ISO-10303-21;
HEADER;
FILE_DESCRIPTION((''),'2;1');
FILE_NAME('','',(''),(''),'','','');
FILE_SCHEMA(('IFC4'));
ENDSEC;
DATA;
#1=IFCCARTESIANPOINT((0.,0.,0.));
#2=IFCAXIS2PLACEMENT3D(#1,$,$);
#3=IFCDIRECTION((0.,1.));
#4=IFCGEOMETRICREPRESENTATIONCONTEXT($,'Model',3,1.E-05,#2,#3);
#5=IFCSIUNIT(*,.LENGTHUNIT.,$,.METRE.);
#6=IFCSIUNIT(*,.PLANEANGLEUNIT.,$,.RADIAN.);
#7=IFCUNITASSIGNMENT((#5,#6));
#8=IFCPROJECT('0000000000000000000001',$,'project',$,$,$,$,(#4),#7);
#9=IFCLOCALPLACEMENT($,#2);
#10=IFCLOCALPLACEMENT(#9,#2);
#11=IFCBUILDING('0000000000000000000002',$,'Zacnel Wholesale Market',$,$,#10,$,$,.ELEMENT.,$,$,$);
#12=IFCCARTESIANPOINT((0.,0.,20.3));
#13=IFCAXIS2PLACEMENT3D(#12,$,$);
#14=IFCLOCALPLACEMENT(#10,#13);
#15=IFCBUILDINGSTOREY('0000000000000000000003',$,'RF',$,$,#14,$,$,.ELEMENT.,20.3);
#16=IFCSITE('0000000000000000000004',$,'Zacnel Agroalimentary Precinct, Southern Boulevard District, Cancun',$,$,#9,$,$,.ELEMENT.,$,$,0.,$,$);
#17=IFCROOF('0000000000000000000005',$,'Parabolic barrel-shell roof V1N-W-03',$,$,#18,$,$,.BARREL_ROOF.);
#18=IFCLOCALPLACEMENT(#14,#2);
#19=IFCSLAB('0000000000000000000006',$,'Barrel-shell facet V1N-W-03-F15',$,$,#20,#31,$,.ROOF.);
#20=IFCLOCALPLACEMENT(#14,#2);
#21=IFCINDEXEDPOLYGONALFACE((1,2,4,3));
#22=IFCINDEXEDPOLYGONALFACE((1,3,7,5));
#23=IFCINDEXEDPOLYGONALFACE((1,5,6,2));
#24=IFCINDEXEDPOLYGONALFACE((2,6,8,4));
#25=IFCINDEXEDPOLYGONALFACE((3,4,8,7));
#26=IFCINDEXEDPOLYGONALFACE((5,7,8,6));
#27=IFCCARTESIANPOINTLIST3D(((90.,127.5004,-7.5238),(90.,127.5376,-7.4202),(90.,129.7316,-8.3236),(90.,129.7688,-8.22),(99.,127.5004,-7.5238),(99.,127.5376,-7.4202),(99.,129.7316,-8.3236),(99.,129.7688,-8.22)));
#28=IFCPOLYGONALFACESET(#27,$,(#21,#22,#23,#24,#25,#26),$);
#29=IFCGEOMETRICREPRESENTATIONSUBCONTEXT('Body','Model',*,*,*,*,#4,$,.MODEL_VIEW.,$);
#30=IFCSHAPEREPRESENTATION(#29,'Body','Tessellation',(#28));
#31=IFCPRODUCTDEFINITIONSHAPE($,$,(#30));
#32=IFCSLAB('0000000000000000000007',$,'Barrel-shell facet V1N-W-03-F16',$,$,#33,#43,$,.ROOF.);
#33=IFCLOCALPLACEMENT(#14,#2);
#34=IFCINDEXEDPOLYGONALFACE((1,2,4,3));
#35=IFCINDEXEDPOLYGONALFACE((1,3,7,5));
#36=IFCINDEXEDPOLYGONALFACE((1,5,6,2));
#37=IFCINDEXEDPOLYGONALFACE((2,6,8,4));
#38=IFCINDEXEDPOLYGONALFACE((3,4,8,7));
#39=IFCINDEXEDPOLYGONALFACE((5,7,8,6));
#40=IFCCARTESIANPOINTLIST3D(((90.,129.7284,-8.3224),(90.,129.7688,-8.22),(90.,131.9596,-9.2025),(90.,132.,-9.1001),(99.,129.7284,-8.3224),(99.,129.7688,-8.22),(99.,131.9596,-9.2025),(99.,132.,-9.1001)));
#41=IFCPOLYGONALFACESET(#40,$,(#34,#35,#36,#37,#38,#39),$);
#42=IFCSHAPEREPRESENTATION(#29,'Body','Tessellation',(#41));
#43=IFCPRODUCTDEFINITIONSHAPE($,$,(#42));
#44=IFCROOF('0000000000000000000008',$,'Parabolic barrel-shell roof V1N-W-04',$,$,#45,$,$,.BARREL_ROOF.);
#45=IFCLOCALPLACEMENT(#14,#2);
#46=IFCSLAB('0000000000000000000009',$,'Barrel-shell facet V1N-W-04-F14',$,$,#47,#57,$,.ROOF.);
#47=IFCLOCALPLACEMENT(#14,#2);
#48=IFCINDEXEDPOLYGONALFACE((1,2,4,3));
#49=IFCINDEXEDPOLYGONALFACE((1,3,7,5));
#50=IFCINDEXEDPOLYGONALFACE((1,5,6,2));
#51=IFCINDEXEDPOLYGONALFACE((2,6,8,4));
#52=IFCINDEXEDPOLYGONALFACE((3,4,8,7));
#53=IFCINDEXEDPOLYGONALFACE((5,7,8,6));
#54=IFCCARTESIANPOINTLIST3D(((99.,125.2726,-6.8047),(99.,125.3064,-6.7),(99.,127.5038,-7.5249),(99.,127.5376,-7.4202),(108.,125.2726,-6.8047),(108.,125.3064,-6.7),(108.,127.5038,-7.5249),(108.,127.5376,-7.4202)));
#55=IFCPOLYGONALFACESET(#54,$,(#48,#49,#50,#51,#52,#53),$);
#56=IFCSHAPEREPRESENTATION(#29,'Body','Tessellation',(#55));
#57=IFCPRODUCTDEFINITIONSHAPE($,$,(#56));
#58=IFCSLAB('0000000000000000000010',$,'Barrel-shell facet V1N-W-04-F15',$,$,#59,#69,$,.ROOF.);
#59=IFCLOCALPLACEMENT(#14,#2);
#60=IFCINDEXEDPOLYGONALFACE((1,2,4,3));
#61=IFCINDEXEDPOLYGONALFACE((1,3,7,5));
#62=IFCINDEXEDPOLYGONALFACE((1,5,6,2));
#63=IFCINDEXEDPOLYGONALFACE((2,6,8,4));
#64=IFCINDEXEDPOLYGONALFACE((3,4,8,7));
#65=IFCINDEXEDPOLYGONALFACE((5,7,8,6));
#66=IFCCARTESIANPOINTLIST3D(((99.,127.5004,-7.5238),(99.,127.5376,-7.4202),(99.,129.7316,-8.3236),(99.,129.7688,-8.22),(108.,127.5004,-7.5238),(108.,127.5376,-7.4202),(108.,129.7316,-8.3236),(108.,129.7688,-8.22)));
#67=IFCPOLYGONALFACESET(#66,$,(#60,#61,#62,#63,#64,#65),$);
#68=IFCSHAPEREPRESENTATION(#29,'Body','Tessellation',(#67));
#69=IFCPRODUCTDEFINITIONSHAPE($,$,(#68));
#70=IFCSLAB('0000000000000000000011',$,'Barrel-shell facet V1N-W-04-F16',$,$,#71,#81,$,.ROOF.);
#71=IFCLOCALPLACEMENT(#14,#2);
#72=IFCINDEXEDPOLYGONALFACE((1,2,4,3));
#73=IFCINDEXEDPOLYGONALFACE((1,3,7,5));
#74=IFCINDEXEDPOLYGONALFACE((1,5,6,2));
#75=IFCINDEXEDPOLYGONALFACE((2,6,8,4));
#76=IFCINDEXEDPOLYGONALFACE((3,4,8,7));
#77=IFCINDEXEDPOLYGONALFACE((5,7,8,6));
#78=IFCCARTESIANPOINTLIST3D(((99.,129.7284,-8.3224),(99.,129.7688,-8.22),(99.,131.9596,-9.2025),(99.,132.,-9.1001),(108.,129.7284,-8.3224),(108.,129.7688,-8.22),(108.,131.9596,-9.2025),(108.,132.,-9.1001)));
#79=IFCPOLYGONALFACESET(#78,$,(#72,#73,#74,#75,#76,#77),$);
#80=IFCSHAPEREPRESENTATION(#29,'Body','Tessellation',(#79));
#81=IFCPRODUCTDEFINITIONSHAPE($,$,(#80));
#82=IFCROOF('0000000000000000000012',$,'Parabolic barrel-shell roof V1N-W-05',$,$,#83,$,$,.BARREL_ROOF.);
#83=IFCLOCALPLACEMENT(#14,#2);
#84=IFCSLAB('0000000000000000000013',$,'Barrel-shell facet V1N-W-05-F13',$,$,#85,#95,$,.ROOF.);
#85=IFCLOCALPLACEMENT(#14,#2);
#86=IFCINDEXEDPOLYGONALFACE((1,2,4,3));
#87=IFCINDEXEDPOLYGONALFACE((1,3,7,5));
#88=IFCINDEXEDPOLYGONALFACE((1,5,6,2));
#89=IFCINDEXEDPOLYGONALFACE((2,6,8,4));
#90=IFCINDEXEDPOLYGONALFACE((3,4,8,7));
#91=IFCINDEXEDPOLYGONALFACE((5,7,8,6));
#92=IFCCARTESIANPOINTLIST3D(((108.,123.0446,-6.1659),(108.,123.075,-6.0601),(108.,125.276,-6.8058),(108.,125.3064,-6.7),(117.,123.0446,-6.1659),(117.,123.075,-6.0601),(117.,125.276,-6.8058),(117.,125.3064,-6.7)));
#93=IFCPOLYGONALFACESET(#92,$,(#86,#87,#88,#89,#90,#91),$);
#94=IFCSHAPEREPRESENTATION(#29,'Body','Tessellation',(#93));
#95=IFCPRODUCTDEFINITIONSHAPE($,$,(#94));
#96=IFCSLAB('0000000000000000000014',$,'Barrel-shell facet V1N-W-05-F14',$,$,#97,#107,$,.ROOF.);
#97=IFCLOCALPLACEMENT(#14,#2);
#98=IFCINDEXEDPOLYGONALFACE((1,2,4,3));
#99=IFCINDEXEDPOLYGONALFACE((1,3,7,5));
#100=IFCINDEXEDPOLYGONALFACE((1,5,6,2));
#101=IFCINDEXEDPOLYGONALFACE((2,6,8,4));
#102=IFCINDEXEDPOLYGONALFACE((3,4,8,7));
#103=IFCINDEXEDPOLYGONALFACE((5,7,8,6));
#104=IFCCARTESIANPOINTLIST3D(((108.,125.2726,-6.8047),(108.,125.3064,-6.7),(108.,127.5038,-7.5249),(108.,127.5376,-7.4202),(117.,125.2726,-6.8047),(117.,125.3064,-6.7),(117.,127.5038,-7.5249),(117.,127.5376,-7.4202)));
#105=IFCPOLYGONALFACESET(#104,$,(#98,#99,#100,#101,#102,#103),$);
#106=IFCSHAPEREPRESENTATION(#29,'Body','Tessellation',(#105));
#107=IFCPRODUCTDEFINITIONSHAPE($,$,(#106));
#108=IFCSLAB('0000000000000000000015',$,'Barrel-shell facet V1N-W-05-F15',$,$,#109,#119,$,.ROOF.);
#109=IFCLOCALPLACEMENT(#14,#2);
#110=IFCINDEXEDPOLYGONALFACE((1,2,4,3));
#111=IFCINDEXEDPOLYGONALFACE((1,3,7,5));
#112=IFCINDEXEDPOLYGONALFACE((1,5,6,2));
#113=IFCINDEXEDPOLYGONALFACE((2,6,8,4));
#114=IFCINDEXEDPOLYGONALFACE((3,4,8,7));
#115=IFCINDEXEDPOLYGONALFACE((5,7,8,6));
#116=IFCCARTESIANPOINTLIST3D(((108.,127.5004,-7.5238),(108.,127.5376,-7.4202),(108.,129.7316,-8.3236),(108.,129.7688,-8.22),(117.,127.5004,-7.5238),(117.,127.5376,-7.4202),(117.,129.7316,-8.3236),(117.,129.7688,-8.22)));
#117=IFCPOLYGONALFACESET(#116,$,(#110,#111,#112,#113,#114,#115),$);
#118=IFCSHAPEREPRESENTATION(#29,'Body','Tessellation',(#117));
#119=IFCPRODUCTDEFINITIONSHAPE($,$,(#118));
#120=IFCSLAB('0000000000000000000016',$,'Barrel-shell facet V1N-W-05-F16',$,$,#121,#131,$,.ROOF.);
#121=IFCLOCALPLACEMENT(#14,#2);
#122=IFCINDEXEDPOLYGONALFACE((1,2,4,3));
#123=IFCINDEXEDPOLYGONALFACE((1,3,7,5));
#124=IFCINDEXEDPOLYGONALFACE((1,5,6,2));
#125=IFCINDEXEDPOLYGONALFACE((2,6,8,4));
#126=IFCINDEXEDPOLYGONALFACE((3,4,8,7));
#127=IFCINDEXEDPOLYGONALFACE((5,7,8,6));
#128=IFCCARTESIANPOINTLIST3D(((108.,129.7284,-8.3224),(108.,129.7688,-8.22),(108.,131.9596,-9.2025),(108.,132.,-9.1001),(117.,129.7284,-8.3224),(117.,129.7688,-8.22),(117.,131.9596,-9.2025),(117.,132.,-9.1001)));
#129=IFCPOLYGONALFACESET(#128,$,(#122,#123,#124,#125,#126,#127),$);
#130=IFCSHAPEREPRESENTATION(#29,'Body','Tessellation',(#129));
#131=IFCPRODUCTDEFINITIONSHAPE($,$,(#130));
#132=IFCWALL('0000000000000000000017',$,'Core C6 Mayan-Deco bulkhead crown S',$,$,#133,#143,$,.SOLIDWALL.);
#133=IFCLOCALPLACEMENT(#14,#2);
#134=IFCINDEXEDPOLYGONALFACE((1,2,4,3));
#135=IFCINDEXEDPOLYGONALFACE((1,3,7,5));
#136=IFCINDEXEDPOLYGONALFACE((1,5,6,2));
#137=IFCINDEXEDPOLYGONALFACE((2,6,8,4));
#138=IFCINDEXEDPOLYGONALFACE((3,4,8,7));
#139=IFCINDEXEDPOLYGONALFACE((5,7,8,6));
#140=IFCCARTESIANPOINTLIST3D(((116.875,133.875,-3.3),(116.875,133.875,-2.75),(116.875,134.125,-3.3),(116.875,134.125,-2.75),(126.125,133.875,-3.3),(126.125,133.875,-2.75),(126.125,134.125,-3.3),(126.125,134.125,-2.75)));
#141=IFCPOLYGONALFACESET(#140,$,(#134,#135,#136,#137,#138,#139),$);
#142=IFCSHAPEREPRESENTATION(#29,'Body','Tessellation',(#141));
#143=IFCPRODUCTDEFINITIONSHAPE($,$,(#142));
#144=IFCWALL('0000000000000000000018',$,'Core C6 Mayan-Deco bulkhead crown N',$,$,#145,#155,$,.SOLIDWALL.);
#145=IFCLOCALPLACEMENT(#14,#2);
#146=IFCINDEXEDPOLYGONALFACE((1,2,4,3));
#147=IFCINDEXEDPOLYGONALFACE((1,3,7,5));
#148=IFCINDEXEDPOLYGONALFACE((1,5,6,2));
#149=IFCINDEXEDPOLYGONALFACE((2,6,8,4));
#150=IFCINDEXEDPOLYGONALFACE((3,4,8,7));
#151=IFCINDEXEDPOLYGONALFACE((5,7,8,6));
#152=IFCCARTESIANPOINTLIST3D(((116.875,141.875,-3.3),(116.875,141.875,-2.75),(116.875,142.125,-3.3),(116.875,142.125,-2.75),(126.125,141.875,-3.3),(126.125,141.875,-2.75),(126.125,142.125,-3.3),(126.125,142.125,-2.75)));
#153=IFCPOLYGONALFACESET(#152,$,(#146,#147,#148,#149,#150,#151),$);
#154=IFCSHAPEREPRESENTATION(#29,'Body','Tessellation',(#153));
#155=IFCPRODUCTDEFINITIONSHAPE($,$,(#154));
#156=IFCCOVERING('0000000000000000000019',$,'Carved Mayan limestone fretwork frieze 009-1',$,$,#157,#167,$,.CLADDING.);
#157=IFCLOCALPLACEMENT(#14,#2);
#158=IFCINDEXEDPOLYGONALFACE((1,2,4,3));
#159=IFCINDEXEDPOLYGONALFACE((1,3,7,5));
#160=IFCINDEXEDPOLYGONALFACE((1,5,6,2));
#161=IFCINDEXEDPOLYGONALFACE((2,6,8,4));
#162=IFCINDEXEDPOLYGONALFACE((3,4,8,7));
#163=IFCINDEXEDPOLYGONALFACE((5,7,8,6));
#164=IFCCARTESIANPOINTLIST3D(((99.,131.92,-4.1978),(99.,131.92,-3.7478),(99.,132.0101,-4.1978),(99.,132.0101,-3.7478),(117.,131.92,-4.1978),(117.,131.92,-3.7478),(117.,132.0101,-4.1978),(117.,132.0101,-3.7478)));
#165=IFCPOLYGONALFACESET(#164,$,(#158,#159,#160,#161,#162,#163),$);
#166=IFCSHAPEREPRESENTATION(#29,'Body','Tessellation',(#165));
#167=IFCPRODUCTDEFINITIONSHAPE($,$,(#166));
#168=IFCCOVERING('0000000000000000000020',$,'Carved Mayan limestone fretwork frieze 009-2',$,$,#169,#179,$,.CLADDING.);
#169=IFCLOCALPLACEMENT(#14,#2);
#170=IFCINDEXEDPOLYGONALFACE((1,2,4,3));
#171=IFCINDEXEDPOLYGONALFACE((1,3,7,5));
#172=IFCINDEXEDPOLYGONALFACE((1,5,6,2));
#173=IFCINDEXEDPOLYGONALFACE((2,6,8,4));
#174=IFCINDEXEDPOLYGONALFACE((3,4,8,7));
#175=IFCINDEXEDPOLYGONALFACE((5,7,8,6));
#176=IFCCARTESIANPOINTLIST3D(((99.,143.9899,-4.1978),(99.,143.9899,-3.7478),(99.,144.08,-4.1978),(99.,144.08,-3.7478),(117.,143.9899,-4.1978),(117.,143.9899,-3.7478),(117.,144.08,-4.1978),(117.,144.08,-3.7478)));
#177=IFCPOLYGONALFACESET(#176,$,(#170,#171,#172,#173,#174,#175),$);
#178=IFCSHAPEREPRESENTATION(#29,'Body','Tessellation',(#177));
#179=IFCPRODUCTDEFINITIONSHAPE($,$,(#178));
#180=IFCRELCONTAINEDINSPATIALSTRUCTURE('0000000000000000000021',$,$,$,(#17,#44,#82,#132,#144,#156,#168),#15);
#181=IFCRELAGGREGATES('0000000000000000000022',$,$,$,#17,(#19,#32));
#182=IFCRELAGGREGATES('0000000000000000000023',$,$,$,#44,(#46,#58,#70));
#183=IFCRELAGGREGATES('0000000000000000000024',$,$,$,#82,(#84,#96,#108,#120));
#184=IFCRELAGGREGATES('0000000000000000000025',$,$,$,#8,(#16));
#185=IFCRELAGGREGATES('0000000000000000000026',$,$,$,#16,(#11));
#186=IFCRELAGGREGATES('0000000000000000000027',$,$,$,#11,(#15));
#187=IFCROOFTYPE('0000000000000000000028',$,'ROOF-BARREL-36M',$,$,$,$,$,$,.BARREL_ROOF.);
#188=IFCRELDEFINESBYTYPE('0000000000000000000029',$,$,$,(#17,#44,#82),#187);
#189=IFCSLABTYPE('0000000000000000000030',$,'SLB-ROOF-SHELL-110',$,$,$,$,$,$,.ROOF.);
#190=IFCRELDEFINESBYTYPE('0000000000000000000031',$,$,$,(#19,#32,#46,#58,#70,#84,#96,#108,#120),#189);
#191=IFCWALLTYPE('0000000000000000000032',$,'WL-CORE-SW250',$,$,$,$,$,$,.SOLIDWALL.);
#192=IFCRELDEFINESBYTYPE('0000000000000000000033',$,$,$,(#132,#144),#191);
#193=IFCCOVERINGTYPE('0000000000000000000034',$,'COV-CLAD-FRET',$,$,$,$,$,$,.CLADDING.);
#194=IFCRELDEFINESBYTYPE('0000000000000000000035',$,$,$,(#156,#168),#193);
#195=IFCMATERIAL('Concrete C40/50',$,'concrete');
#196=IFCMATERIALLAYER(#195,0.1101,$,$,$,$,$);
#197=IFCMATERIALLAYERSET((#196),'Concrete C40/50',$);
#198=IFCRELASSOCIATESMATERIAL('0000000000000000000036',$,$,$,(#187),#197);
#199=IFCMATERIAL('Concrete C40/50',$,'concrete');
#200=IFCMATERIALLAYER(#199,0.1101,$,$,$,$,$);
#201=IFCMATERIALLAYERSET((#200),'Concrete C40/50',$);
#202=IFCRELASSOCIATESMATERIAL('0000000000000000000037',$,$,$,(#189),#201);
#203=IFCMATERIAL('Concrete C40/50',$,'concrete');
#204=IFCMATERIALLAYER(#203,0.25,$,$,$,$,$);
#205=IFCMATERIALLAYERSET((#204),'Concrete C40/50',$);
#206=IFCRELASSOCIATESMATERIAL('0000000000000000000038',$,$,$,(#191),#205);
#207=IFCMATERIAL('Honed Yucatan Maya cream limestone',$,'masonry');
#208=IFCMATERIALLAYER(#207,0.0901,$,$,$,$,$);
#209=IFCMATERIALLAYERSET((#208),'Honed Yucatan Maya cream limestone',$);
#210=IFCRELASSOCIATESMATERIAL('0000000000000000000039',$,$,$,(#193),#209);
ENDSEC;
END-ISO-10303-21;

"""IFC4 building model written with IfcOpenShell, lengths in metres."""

from ifc_helpers import new_model, si_unit, direction, frame, frame_2d, origin, origin_2d, place, context, subcontext, project, spatial, polyline, rectangle, outline, extrude, material, layer, layer_set, type_object, element, aggregate, save


model = new_model("IFC4")

# Units and contexts
model_context = context("Model", 3, precision=1e-05, world=origin(), true_north=direction((0.0, 1.0)))
body_context = subcontext(model_context, "Body", "Model", "MODEL_VIEW")
ifc_project = project(units=[si_unit("LENGTHUNIT", "METRE"), si_unit("PLANEANGLEUNIT", "RADIAN")], contexts=[model_context])

# Site, building, storey
site_placement = place(None, origin())
site = spatial("IfcSite", under=ifc_project, at=site_placement, Name="Zacnel Agroalimentary Precinct, Southern Boulevard District, Cancun", CompositionType="ELEMENT", RefElevation=0.0)
building_placement = place(site_placement, origin())
building = spatial("IfcBuilding", under=site, at=building_placement, Name="Zacnel Wholesale Market", CompositionType="ELEMENT")
storey_placement = place(building_placement, frame((0.0, 0.0, 20.3)))
storey = spatial("IfcBuildingStorey", under=building, at=storey_placement, Name="RF", CompositionType="ELEMENT", Elevation=20.3)

# Roofs, slabs
ifc_material_1 = material(Name="Concrete C40/50", Category="concrete")
ifc_layer_1 = layer(ifc_material_1, 0.1101)
ifc_layer_set_1 = layer_set([ifc_layer_1], Name="Concrete C40/50")
roof_type = type_object("IfcRoofType", Name="ROOF-BARREL-36M", PredefinedType="BARREL_ROOF", material=ifc_layer_set_1)
roof_1_placement = place(storey_placement, origin())
roof_1 = element("IfcRoof", 1, at=roof_1_placement, inside=storey, type_object=roof_type, Name="Parabolic barrel-shell roof V1N-W-03", PredefinedType="BARREL_ROOF")
ifc_material_2 = material(Name="Concrete C40/50", Category="concrete")
ifc_layer_2 = layer(ifc_material_2, 0.1101)
ifc_layer_set_2 = layer_set([ifc_layer_2], Name="Concrete C40/50")
slab_type = type_object("IfcSlabType", Name="SLB-ROOF-SHELL-110", PredefinedType="ROOF", material=ifc_layer_set_2)
slab_1_placement = place(storey_placement, frame((90.0, 127.5376, -7.4202), z_axis=(0.0, 0.337439, 0.941347), x_axis=(1.0, 0.0, 0.0)))
slab_1 = element("IfcSlab", 2, at=slab_1_placement, type_object=slab_type, Name="Barrel-shell facet V1N-W-03-F15", PredefinedType="ROOF", context=body_context, shape_type="SweptSolid", body=[
    extrude(outline(polyline([(0.0, 0.0), (9.0, 0.0), (9.0, 2.3702), (0.0, 2.3702), (0.0, 0.0)])), origin(), (0.0, 0.0, -1.0), 0.1101),
])
slab_2_placement = place(storey_placement, frame((90.0, 129.7688, -8.22), z_axis=(0.0, 0.366946, 0.930242), x_axis=(1.0, 0.0, 0.0)))
slab_2 = element("IfcSlab", 3, at=slab_2_placement, type_object=slab_type, Name="Barrel-shell facet V1N-W-03-F16", PredefinedType="ROOF", context=body_context, shape_type="SweptSolid", body=[
    extrude(outline(polyline([(0.0, 0.0), (9.0, 0.0), (9.0, 2.3985), (0.0, 2.3985), (0.0, 0.0)])), origin(), (0.0, 0.0, -1.0), 0.1101),
])
aggregate(roof_1, [slab_1, slab_2])
roof_2_placement = place(storey_placement, origin())
roof_2 = element("IfcRoof", 4, at=roof_2_placement, inside=storey, type_object=roof_type, Name="Parabolic barrel-shell roof V1N-W-04", PredefinedType="BARREL_ROOF")
slab_3_placement = place(storey_placement, frame((99.0, 125.3064, -6.7), z_axis=(0.0, 0.307185, 0.95165), x_axis=(1.0, 0.0, 0.0)))
slab_3 = element("IfcSlab", 5, at=slab_3_placement, type_object=slab_type, Name="Barrel-shell facet V1N-W-04-F14", PredefinedType="ROOF", context=body_context, shape_type="SweptSolid", body=[
    extrude(outline(polyline([(0.0, 0.0), (9.0, 0.0), (9.0, 2.3446), (0.0, 2.3446), (0.0, 0.0)])), origin(), (0.0, 0.0, -1.0), 0.1101),
])
slab_4_placement = place(storey_placement, frame((99.0, 127.5376, -7.4202), z_axis=(0.0, 0.337439, 0.941347), x_axis=(1.0, 0.0, 0.0)))
slab_4 = element("IfcSlab", 6, at=slab_4_placement, type_object=slab_type, Name="Barrel-shell facet V1N-W-04-F15", PredefinedType="ROOF", context=body_context, shape_type="SweptSolid", body=[
    extrude(outline(polyline([(0.0, 0.0), (9.0, 0.0), (9.0, 2.3702), (0.0, 2.3702), (0.0, 0.0)])), origin(), (0.0, 0.0, -1.0), 0.1101),
])
slab_5_placement = place(storey_placement, frame((99.0, 129.7688, -8.22), z_axis=(0.0, 0.366946, 0.930242), x_axis=(1.0, 0.0, 0.0)))
slab_5 = element("IfcSlab", 7, at=slab_5_placement, type_object=slab_type, Name="Barrel-shell facet V1N-W-04-F16", PredefinedType="ROOF", context=body_context, shape_type="SweptSolid", body=[
    extrude(outline(polyline([(0.0, 0.0), (9.0, 0.0), (9.0, 2.3985), (0.0, 2.3985), (0.0, 0.0)])), origin(), (0.0, 0.0, -1.0), 0.1101),
])
aggregate(roof_2, [slab_3, slab_4, slab_5])
roof_3_placement = place(storey_placement, origin())
roof_3 = element("IfcRoof", 8, at=roof_3_placement, inside=storey, type_object=roof_type, Name="Parabolic barrel-shell roof V1N-W-05", PredefinedType="BARREL_ROOF")
slab_6_placement = place(storey_placement, frame((108.0, 123.075, -6.0601), z_axis=(0.0, 0.275652, 0.961258), x_axis=(1.0, 0.0, 0.0)))
slab_6 = element("IfcSlab", 9, at=slab_6_placement, type_object=slab_type, Name="Barrel-shell facet V1N-W-05-F13", PredefinedType="ROOF", context=body_context, shape_type="SweptSolid", body=[
    extrude(outline(polyline([(0.0, 0.0), (9.0, 0.0), (9.0, 2.3214), (0.0, 2.3214), (0.0, 0.0)])), origin(), (0.0, 0.0, -1.0), 0.1101),
])
slab_7_placement = place(storey_placement, frame((108.0, 125.3064, -6.7), z_axis=(0.0, 0.307185, 0.95165), x_axis=(1.0, 0.0, 0.0)))
slab_7 = element("IfcSlab", 10, at=slab_7_placement, type_object=slab_type, Name="Barrel-shell facet V1N-W-05-F14", PredefinedType="ROOF", context=body_context, shape_type="SweptSolid", body=[
    extrude(outline(polyline([(0.0, 0.0), (9.0, 0.0), (9.0, 2.3446), (0.0, 2.3446), (0.0, 0.0)])), origin(), (0.0, 0.0, -1.0), 0.1101),
])
slab_8_placement = place(storey_placement, frame((108.0, 127.5376, -7.4202), z_axis=(0.0, 0.337439, 0.941347), x_axis=(1.0, 0.0, 0.0)))
slab_8 = element("IfcSlab", 11, at=slab_8_placement, type_object=slab_type, Name="Barrel-shell facet V1N-W-05-F15", PredefinedType="ROOF", context=body_context, shape_type="SweptSolid", body=[
    extrude(outline(polyline([(0.0, 0.0), (9.0, 0.0), (9.0, 2.3702), (0.0, 2.3702), (0.0, 0.0)])), origin(), (0.0, 0.0, -1.0), 0.1101),
])
slab_9_placement = place(storey_placement, frame((108.0, 129.7688, -8.22), z_axis=(0.0, 0.366946, 0.930242), x_axis=(1.0, 0.0, 0.0)))
slab_9 = element("IfcSlab", 12, at=slab_9_placement, type_object=slab_type, Name="Barrel-shell facet V1N-W-05-F16", PredefinedType="ROOF", context=body_context, shape_type="SweptSolid", body=[
    extrude(outline(polyline([(0.0, 0.0), (9.0, 0.0), (9.0, 2.3985), (0.0, 2.3985), (0.0, 0.0)])), origin(), (0.0, 0.0, -1.0), 0.1101),
])
aggregate(roof_3, [slab_6, slab_7, slab_8, slab_9])

# Walls
ifc_material_3 = material(Name="Concrete C40/50", Category="concrete")
ifc_layer_3 = layer(ifc_material_3, 0.25)
ifc_layer_set_3 = layer_set([ifc_layer_3], Name="Concrete C40/50")
wall_type = type_object("IfcWallType", Name="WL-CORE-SW250", PredefinedType="SOLIDWALL", material=ifc_layer_set_3)
for number, where, z_axis, x_axis, name in (
    (13, (116.875, 134.0, -3.3), (0.0, 0.0, 1.0), (1.0, 0.0, 0.0), "Core C6 Mayan-Deco bulkhead crown S"),
    (14, (116.875, 142.0, -3.3), (0.0, 0.0, 1.0), (1.0, 0.0, 0.0), "Core C6 Mayan-Deco bulkhead crown N"),
):
    element("IfcWall", number, at=place(storey_placement, frame(where, z_axis=z_axis, x_axis=x_axis)), inside=storey, type_object=wall_type, Name=name, PredefinedType="SOLIDWALL", context=body_context, shape_type="SweptSolid", body=[
        extrude(rectangle(XDim=9.25, YDim=0.25, at=frame_2d((4.625, 0.0))), origin(), (0.0, 0.0, 1.0), 0.55),
    ])

# Coverings
ifc_material_4 = material(Name="Honed Yucatan Maya cream limestone", Category="masonry")
ifc_layer_4 = layer(ifc_material_4, 0.0901)
ifc_layer_set_4 = layer_set([ifc_layer_4], Name="Honed Yucatan Maya cream limestone")
covering_type = type_object("IfcCoveringType", Name="COV-CLAD-FRET", PredefinedType="CLADDING", material=ifc_layer_set_4)
for number, where, z_axis, x_axis, name in (
    (15, (108.0, 131.9651, -4.1978), (0.0, 0.0, 1.0), (1.0, 0.0, 0.0), "Carved Mayan limestone fretwork frieze 009-1"),
    (16, (108.0, 144.0349, -4.1978), (0.0, 0.0, 1.0), (1.0, 0.0, 0.0), "Carved Mayan limestone fretwork frieze 009-2"),
):
    element("IfcCovering", number, at=place(storey_placement, frame(where, z_axis=z_axis, x_axis=x_axis)), inside=storey, type_object=covering_type, Name=name, PredefinedType="CLADDING", context=body_context, shape_type="SweptSolid", body=[
        extrude(rectangle(XDim=18.0, YDim=0.0901, at=origin_2d()), origin(), (0.0, 0.0, 1.0), 0.45),
    ])

save(model, "model.ifc")
